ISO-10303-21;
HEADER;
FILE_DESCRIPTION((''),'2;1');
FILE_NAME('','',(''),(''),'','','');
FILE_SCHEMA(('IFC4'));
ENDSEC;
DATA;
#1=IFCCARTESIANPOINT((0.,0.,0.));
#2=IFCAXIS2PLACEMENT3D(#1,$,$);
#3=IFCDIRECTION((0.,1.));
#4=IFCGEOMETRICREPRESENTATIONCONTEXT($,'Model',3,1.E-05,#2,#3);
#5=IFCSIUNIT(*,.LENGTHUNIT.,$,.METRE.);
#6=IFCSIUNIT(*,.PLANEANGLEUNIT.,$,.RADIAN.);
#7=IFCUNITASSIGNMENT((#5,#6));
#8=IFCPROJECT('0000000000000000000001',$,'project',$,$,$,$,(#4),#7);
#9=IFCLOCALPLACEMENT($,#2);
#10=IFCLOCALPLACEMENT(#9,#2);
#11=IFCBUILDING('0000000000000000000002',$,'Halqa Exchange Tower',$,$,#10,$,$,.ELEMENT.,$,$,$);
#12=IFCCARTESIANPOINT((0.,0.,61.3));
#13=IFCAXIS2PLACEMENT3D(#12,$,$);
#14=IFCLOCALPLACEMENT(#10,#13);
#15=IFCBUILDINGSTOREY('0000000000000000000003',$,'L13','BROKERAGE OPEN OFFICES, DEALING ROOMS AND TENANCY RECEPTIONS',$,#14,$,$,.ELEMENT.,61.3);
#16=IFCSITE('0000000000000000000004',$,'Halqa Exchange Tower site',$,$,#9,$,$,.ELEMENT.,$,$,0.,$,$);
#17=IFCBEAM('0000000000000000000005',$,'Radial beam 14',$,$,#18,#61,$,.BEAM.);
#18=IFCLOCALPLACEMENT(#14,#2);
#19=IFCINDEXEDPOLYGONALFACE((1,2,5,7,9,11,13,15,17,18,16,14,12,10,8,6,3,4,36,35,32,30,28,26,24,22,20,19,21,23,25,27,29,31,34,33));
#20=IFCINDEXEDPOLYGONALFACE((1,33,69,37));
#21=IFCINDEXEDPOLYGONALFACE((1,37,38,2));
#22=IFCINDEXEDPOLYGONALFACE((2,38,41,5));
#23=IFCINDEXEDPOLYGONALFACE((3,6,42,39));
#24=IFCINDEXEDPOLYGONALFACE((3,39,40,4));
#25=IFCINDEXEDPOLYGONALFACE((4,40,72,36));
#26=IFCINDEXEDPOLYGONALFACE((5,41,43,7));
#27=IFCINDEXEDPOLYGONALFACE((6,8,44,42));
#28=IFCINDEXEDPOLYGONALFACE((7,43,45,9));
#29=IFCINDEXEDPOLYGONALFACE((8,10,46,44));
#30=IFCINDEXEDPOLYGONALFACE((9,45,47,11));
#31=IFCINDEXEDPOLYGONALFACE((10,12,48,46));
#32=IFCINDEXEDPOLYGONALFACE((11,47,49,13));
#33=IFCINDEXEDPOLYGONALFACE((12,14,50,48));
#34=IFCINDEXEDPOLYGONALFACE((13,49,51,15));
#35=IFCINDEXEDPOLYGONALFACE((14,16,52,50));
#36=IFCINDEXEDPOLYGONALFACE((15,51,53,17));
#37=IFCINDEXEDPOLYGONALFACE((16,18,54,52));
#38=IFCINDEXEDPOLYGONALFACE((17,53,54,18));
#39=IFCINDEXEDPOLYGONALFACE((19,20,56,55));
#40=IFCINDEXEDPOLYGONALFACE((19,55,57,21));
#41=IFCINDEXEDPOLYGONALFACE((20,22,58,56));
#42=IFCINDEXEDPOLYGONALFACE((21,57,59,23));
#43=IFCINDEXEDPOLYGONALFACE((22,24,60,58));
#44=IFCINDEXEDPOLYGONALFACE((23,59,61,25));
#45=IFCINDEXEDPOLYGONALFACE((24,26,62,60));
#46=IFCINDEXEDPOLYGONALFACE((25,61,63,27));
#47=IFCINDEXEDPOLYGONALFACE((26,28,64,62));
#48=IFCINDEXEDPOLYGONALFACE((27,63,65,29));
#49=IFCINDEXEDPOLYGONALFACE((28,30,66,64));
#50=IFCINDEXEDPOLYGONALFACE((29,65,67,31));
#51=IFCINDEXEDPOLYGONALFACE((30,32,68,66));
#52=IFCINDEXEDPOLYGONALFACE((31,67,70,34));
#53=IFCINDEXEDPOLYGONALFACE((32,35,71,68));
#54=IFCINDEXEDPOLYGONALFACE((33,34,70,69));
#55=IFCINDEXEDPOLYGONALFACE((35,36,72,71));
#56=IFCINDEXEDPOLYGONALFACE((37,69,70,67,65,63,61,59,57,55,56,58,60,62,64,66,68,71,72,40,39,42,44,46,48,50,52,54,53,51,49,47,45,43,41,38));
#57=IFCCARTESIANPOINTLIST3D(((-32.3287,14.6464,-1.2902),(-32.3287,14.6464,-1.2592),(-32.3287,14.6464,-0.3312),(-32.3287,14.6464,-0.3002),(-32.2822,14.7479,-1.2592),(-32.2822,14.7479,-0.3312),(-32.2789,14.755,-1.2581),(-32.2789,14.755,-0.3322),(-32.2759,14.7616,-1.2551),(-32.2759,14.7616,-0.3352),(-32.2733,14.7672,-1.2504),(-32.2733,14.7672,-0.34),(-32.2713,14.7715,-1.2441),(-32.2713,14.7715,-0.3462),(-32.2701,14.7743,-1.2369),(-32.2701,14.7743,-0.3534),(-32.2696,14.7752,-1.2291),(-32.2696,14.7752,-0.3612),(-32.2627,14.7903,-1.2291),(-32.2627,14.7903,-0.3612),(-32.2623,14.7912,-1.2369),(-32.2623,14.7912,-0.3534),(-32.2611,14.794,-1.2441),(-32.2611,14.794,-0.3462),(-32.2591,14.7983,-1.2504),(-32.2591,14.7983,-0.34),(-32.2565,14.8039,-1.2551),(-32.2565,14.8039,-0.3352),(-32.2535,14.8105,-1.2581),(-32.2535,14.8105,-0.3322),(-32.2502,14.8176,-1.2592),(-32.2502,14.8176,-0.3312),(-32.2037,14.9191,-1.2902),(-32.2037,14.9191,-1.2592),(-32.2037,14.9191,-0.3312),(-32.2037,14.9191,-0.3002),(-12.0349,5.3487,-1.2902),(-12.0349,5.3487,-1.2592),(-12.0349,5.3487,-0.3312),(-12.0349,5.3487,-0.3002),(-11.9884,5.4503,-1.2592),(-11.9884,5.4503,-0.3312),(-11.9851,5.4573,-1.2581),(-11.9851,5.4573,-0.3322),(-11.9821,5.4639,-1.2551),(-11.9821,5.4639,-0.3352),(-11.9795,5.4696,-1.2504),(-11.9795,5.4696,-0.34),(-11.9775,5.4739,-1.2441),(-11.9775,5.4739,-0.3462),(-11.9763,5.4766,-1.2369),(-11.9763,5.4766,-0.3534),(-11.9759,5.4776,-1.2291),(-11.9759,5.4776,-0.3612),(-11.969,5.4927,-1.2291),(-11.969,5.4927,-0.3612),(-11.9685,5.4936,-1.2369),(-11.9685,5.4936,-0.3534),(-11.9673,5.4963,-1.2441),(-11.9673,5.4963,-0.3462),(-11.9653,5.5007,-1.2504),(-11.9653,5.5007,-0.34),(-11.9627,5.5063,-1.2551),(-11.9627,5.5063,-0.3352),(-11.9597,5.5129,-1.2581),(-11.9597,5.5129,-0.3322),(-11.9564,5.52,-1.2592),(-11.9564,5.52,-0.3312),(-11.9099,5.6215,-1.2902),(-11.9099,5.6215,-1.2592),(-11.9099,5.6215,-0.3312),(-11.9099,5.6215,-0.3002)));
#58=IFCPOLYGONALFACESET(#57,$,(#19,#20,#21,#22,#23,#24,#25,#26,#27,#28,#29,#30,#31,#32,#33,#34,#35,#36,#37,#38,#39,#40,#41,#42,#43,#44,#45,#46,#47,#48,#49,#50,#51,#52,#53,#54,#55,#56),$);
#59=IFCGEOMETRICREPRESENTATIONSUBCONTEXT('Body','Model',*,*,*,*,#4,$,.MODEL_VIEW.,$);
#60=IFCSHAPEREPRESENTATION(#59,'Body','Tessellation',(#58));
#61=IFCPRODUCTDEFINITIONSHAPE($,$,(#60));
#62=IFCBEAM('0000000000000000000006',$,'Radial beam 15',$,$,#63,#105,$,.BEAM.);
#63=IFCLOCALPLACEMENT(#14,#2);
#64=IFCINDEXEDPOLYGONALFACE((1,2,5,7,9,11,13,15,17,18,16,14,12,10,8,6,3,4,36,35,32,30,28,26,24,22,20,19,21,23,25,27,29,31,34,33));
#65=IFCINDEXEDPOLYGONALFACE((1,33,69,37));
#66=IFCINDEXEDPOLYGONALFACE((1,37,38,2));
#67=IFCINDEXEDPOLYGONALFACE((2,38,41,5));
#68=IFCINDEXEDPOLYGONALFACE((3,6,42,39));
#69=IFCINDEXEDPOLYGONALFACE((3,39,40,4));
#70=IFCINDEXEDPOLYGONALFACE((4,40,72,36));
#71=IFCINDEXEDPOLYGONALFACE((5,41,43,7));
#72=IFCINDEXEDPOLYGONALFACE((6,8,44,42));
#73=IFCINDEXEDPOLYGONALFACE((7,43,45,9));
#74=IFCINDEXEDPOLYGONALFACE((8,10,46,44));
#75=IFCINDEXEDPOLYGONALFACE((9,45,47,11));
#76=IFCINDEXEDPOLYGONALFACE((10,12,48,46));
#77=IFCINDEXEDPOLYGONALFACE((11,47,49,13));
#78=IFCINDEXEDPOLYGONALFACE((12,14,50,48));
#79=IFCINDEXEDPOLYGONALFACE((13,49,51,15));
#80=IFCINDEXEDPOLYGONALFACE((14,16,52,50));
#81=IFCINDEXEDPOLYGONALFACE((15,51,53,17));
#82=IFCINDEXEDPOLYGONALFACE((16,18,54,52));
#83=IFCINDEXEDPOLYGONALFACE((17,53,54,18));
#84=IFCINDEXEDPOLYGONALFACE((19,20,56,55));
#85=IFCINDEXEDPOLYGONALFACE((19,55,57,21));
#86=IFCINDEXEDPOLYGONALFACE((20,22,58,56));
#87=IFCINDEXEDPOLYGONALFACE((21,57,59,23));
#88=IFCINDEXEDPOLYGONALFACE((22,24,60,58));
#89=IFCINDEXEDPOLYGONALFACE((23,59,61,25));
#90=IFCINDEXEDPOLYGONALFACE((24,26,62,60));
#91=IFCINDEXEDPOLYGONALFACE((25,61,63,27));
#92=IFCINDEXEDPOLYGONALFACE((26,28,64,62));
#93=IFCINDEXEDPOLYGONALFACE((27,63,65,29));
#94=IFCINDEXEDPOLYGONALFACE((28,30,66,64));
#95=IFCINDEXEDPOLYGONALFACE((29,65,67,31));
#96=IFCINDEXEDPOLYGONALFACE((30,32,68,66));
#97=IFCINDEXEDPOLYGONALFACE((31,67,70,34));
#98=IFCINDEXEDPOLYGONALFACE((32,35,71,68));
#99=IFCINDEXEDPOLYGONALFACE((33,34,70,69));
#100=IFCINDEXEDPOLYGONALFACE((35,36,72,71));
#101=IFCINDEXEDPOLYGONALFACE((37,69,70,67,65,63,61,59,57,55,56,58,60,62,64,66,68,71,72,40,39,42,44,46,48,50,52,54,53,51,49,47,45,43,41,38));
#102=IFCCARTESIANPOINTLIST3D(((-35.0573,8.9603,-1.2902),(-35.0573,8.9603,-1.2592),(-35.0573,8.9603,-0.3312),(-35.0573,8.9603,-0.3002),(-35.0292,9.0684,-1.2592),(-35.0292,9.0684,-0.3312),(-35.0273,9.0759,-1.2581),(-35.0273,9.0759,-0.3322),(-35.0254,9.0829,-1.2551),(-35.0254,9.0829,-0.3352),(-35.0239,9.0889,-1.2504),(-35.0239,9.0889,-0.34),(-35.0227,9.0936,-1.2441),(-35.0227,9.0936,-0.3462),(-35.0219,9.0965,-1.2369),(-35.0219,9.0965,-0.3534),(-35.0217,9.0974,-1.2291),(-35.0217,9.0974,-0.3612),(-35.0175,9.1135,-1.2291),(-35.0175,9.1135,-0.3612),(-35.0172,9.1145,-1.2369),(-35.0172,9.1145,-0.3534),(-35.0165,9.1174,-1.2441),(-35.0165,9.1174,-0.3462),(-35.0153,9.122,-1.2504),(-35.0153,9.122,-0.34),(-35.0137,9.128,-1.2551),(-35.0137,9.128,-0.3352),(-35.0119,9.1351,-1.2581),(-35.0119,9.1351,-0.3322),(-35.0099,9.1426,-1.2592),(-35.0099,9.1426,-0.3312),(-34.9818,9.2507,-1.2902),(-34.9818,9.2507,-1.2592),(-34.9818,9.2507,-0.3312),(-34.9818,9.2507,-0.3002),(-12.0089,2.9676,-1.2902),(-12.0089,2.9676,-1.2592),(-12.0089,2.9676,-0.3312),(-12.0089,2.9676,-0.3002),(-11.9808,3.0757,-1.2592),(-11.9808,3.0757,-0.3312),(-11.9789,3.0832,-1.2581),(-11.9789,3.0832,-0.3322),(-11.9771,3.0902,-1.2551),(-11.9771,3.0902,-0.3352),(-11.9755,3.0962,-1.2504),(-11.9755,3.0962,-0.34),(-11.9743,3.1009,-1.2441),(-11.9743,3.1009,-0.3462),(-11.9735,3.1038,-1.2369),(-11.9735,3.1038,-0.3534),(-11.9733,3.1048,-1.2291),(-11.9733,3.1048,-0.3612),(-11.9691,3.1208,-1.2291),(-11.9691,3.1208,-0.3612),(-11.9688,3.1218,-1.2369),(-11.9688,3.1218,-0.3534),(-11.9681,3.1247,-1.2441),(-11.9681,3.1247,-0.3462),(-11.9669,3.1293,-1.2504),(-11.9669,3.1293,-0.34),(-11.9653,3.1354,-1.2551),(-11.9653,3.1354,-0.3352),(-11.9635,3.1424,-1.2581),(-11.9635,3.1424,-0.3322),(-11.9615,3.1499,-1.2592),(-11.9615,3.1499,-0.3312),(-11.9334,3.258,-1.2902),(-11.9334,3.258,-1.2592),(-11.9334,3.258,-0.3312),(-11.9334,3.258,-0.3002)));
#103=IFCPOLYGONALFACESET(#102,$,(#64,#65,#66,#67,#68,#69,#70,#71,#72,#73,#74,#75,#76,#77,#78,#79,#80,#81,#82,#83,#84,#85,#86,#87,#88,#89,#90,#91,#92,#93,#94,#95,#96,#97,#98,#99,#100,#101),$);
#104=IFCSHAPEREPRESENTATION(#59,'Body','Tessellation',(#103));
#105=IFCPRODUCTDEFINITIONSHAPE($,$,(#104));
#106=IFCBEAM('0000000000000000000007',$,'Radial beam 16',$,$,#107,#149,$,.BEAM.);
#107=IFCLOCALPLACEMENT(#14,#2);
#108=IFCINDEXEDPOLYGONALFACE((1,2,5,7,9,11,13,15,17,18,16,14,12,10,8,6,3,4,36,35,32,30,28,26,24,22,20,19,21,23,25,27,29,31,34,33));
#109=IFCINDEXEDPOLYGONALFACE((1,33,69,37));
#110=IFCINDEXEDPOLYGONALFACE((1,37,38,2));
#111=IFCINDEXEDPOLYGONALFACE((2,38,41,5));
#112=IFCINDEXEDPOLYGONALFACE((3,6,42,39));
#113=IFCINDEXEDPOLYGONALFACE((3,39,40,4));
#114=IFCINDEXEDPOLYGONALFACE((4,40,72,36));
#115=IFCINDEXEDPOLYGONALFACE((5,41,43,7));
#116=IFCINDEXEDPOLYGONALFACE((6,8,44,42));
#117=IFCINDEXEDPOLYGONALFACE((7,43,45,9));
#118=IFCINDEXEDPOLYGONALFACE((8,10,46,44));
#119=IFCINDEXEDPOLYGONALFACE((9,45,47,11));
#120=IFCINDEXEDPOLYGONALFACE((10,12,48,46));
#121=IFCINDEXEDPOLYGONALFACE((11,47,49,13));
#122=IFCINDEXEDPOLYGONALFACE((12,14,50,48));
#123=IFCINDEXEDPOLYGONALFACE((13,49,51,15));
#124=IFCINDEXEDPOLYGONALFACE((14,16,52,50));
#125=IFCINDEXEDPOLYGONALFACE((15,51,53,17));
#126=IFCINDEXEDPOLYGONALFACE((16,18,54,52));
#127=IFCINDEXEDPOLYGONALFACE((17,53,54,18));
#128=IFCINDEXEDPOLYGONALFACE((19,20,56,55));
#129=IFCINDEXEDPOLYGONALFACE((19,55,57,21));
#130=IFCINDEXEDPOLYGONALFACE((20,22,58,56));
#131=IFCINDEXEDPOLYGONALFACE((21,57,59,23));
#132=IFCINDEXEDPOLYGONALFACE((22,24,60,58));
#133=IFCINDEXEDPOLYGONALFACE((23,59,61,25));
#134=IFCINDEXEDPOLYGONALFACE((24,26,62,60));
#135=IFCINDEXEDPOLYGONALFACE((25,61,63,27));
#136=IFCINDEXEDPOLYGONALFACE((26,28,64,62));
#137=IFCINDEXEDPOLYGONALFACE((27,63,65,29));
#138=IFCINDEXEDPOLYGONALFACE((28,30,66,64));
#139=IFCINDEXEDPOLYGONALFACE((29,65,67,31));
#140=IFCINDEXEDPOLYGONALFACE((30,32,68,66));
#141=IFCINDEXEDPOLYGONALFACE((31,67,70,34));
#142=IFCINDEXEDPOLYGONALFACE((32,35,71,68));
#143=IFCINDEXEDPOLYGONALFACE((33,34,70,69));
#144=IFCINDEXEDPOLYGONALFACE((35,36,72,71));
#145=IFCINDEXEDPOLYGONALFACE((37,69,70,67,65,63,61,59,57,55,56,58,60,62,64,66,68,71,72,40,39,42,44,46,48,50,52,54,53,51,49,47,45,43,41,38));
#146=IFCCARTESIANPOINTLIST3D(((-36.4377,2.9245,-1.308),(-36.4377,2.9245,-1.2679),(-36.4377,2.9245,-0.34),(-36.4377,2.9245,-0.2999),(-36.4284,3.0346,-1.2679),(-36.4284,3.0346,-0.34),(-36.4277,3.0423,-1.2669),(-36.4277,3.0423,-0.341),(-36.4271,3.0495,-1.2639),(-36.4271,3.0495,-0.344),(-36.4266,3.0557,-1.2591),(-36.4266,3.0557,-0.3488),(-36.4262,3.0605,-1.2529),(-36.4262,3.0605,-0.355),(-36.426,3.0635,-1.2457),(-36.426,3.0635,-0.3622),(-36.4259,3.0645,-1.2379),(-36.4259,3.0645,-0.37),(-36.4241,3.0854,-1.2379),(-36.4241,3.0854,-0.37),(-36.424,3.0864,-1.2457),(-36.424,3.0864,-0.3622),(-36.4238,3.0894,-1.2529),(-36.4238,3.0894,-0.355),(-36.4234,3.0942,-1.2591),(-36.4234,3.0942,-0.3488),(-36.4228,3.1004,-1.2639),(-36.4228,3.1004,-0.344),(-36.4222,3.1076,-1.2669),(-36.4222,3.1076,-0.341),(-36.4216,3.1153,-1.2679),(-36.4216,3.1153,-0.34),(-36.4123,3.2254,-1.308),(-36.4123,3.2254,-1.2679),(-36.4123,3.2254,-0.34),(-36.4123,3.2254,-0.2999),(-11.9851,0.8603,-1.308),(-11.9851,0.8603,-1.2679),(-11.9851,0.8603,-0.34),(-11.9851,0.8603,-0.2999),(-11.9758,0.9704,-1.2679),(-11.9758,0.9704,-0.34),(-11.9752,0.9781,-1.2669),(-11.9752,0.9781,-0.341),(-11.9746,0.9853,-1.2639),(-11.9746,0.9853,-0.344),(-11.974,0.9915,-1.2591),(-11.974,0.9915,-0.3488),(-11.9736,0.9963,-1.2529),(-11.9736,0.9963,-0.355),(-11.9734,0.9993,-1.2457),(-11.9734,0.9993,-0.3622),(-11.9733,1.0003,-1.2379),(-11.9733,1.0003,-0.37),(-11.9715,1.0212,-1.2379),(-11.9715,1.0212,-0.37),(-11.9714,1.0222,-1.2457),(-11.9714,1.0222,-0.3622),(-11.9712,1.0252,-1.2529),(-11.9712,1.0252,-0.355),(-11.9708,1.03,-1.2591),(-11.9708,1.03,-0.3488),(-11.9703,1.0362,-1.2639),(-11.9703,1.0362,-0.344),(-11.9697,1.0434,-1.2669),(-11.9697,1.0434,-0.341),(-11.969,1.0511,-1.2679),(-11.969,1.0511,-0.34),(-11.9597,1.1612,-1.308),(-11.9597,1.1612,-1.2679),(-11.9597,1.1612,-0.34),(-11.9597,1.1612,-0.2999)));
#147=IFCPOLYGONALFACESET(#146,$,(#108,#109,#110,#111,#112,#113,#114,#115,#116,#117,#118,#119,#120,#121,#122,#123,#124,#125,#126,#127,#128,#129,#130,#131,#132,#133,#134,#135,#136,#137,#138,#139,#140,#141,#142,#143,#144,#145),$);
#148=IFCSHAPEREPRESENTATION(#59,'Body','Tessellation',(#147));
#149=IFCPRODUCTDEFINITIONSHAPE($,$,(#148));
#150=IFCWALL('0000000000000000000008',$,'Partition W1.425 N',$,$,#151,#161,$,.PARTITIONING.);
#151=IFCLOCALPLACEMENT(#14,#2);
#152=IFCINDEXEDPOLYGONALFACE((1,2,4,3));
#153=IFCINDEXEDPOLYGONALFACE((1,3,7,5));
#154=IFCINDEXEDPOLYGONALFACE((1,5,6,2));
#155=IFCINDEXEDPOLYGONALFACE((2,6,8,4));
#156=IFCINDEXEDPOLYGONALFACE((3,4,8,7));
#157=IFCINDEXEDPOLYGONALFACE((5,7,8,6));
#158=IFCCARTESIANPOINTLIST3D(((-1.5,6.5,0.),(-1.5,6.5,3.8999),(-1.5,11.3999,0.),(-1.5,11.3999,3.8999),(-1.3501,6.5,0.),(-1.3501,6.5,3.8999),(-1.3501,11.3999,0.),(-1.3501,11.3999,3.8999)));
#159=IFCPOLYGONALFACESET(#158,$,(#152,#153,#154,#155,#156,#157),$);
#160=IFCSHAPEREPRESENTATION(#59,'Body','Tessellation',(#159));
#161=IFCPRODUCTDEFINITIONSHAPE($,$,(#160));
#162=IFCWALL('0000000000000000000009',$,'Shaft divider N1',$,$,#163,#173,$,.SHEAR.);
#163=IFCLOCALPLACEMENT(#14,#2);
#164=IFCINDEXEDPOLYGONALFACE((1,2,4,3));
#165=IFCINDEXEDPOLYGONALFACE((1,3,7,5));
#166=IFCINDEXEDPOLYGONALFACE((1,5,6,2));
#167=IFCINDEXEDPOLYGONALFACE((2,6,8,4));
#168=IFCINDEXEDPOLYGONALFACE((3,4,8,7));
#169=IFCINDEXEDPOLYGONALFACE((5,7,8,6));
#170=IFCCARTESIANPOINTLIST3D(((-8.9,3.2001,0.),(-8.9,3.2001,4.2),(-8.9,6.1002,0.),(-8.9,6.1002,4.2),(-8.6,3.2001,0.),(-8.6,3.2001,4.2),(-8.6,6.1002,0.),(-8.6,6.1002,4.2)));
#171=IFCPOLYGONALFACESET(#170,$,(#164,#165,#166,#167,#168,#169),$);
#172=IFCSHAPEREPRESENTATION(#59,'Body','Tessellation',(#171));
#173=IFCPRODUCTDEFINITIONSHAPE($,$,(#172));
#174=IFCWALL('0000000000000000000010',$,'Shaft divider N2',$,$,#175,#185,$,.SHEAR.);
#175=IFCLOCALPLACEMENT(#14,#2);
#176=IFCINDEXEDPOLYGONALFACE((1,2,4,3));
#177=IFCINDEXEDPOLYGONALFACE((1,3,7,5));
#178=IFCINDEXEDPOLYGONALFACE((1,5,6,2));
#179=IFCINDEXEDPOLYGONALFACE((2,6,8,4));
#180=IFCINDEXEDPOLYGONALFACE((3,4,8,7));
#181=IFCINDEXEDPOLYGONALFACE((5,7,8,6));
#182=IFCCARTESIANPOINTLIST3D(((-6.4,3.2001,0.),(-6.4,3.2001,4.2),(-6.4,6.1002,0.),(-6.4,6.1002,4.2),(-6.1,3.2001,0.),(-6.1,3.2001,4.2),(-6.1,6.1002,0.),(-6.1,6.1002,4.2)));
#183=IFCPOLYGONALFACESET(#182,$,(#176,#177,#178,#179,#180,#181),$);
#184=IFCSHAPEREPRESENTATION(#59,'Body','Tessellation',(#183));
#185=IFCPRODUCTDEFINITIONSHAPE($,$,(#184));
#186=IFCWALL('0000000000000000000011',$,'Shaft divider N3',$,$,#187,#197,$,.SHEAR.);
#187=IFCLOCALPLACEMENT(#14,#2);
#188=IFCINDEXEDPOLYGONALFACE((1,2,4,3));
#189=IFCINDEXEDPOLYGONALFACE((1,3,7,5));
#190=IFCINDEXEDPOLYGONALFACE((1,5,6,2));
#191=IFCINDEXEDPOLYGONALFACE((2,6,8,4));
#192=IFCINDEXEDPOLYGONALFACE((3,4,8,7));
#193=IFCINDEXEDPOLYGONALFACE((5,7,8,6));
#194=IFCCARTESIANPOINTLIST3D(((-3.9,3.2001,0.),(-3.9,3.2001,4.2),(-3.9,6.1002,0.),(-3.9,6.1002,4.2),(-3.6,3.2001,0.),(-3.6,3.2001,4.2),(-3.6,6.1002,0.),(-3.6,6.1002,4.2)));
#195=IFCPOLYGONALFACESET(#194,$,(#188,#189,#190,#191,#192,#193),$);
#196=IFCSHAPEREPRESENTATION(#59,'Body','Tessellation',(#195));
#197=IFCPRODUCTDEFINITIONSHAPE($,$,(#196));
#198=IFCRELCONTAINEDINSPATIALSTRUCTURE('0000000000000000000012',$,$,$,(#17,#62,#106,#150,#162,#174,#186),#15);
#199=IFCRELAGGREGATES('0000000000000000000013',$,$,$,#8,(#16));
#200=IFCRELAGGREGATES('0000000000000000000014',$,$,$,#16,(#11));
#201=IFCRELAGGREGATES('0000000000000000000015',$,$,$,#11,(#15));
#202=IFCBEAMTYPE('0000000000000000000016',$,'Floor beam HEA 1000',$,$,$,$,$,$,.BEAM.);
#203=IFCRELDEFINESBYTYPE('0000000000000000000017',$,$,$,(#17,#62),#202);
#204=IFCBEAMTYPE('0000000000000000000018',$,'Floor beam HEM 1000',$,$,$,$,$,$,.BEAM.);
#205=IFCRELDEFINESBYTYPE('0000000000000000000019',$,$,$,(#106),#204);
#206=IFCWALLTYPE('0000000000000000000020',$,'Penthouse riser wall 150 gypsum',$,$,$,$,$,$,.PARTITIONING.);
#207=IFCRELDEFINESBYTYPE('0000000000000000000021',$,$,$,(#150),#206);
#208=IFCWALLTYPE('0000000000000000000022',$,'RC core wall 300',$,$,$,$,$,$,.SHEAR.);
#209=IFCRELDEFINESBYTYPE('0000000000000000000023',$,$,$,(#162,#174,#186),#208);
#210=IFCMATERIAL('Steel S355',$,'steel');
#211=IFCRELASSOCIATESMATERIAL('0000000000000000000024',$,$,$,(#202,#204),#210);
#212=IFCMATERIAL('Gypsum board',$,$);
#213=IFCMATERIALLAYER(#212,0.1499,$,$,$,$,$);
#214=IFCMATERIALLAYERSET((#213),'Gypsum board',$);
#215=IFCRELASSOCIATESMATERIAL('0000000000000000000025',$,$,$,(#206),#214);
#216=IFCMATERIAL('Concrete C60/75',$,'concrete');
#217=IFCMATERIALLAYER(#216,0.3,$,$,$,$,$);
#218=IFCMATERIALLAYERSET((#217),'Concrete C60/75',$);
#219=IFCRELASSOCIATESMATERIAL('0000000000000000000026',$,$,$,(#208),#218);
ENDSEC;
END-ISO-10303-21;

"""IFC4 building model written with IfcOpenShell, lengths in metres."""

from ifc_helpers import new_model, si_unit, direction, frame, frame_2d, origin, origin_2d, place, context, subcontext, project, spatial, rectangle, i_section, extrude, material, layer, layer_set, material_profile, profile_set, type_object, element, save


model = new_model("IFC4")

# Units and contexts
model_context = context("Model", 3, precision=1e-05, world=origin(), true_north=direction((0.0, 1.0)))
body_context = subcontext(model_context, "Body", "Model", "MODEL_VIEW")
ifc_project = project(units=[si_unit("LENGTHUNIT", "METRE"), si_unit("PLANEANGLEUNIT", "RADIAN")], contexts=[model_context])

# Site, building, storey
site_placement = place(None, origin())
site = spatial("IfcSite", under=ifc_project, at=site_placement, Name="Halqa Exchange Tower site", CompositionType="ELEMENT", RefElevation=0.0)
building_placement = place(site_placement, origin())
building = spatial("IfcBuilding", under=site, at=building_placement, Name="Halqa Exchange Tower", CompositionType="ELEMENT")
storey_placement = place(building_placement, frame((0.0, 0.0, 61.3)))
storey = spatial("IfcBuildingStorey", under=building, at=storey_placement, Name="L13", Description="BROKERAGE OPEN OFFICES, DEALING ROOMS AND TENANCY RECEPTIONS", CompositionType="ELEMENT", Elevation=61.3)

# Beams
ifc_material_1 = material(Name="Steel S355", Category="steel")
ifc_material_profile_1 = material_profile(ifc_material_1, i_section(OverallWidth=0.3, OverallDepth=0.99, WebThickness=0.0166, FlangeThickness=0.031, FilletRadius=0.03, at=origin_2d()), Name="HEA 1000")
ifc_profile_set_1 = profile_set([ifc_material_profile_1], Name="Steel S355")
beam_type_1 = type_object("IfcBeamType", Name="Floor beam HEA 1000", PredefinedType="BEAM", material=ifc_profile_set_1)
beam_1_placement = place(storey_placement, frame((-11.9724, 5.4851, -0.7952), z_axis=(-0.909127, 0.416519, 0.0), x_axis=(-0.416519, -0.909127, 0.0)))
element("IfcBeam", 1, at=beam_1_placement, inside=storey, type_object=beam_type_1, Name="Radial beam 14", PredefinedType="BEAM", context=body_context, shape_type="SweptSolid", body=[
    extrude(i_section(OverallWidth=0.3, OverallDepth=0.99, WebThickness=0.0166, FlangeThickness=0.031, FilletRadius=0.03, at=origin_2d()), origin(), (0.0, 0.0, 1.0), 22.3223),
])
beam_2_placement = place(storey_placement, frame((-11.9712, 3.1128, -0.7952), z_axis=(-0.967821, 0.251638, 0.0), x_axis=(-0.251638, -0.967821, 0.0)))
element("IfcBeam", 2, at=beam_2_placement, inside=storey, type_object=beam_type_1, Name="Radial beam 15", PredefinedType="BEAM", context=body_context, shape_type="SweptSolid", body=[
    extrude(i_section(OverallWidth=0.3, OverallDepth=0.99, WebThickness=0.0166, FlangeThickness=0.031, FilletRadius=0.03, at=origin_2d()), origin(), (0.0, 0.0, 1.0), 23.8147),
])
ifc_material_profile_2 = material_profile(ifc_material_1, i_section(OverallWidth=0.302, OverallDepth=1.0081, WebThickness=0.021, FlangeThickness=0.04, FilletRadius=0.03, at=origin_2d()), Name="HEM 1000")
ifc_profile_set_2 = profile_set([ifc_material_profile_2], Name="Steel S355")
beam_type_2 = type_object("IfcBeamType", Name="Floor beam HEM 1000", PredefinedType="BEAM", material=ifc_profile_set_2)
beam_3_placement = place(storey_placement, frame((-11.9724, 1.0107, -0.804), z_axis=(-0.996456, 0.084117, 0.0), x_axis=(-0.084117, -0.996456, 0.0)))
element("IfcBeam", 3, at=beam_3_placement, inside=storey, type_object=beam_type_2, Name="Radial beam 16", PredefinedType="BEAM", context=body_context, shape_type="SweptSolid", body=[
    extrude(i_section(OverallWidth=0.302, OverallDepth=1.0081, WebThickness=0.021, FlangeThickness=0.04, FilletRadius=0.03, at=origin_2d()), origin(), (0.0, 0.0, 1.0), 24.5396),
])

# Walls
ifc_material_2 = material(Name="Gypsum board")
ifc_layer_1 = layer(ifc_material_2, 0.1499)
ifc_layer_set_1 = layer_set([ifc_layer_1], Name="Gypsum board")
wall_type_1 = type_object("IfcWallType", Name="Penthouse riser wall 150 gypsum", PredefinedType="PARTITIONING", material=ifc_layer_set_1)
wall_1_placement = place(storey_placement, frame((-1.425, 6.5, 0.0), z_axis=(0.0, 0.0, 1.0), x_axis=(0.0, 1.0, 0.0)))
element("IfcWall", 4, at=wall_1_placement, inside=storey, type_object=wall_type_1, Name="Partition W1.425 N", PredefinedType="PARTITIONING", context=body_context, shape_type="SweptSolid", body=[
    extrude(rectangle(XDim=4.8999, YDim=0.1499, at=frame_2d((2.45, 0.0))), origin(), (0.0, 0.0, 1.0), 3.8999),
])
ifc_material_3 = material(Name="Concrete C60/75", Category="concrete")
ifc_layer_2 = layer(ifc_material_3, 0.3)
ifc_layer_set_2 = layer_set([ifc_layer_2], Name="Concrete C60/75")
wall_type_2 = type_object("IfcWallType", Name="RC core wall 300", PredefinedType="SHEAR", material=ifc_layer_set_2)
for number, where, z_axis, x_axis, name in (
    (5, (-8.75, 3.2, 0.0), (0.0, 0.0, 1.0), (0.0, 1.0, 0.0), "Shaft divider N1"),
    (6, (-6.25, 3.2, 0.0), (0.0, 0.0, 1.0), (0.0, 1.0, 0.0), "Shaft divider N2"),
    (7, (-3.75, 3.2, 0.0), (0.0, 0.0, 1.0), (0.0, 1.0, 0.0), "Shaft divider N3"),
):
    element("IfcWall", number, at=place(storey_placement, frame(where, z_axis=z_axis, x_axis=x_axis)), inside=storey, type_object=wall_type_2, Name=name, PredefinedType="SHEAR", context=body_context, shape_type="SweptSolid", body=[
        extrude(rectangle(XDim=2.9001, YDim=0.3, at=frame_2d((1.4502, 0.0))), origin(), (0.0, 0.0, 1.0), 4.2),
    ])

save(model, "model.ifc")
